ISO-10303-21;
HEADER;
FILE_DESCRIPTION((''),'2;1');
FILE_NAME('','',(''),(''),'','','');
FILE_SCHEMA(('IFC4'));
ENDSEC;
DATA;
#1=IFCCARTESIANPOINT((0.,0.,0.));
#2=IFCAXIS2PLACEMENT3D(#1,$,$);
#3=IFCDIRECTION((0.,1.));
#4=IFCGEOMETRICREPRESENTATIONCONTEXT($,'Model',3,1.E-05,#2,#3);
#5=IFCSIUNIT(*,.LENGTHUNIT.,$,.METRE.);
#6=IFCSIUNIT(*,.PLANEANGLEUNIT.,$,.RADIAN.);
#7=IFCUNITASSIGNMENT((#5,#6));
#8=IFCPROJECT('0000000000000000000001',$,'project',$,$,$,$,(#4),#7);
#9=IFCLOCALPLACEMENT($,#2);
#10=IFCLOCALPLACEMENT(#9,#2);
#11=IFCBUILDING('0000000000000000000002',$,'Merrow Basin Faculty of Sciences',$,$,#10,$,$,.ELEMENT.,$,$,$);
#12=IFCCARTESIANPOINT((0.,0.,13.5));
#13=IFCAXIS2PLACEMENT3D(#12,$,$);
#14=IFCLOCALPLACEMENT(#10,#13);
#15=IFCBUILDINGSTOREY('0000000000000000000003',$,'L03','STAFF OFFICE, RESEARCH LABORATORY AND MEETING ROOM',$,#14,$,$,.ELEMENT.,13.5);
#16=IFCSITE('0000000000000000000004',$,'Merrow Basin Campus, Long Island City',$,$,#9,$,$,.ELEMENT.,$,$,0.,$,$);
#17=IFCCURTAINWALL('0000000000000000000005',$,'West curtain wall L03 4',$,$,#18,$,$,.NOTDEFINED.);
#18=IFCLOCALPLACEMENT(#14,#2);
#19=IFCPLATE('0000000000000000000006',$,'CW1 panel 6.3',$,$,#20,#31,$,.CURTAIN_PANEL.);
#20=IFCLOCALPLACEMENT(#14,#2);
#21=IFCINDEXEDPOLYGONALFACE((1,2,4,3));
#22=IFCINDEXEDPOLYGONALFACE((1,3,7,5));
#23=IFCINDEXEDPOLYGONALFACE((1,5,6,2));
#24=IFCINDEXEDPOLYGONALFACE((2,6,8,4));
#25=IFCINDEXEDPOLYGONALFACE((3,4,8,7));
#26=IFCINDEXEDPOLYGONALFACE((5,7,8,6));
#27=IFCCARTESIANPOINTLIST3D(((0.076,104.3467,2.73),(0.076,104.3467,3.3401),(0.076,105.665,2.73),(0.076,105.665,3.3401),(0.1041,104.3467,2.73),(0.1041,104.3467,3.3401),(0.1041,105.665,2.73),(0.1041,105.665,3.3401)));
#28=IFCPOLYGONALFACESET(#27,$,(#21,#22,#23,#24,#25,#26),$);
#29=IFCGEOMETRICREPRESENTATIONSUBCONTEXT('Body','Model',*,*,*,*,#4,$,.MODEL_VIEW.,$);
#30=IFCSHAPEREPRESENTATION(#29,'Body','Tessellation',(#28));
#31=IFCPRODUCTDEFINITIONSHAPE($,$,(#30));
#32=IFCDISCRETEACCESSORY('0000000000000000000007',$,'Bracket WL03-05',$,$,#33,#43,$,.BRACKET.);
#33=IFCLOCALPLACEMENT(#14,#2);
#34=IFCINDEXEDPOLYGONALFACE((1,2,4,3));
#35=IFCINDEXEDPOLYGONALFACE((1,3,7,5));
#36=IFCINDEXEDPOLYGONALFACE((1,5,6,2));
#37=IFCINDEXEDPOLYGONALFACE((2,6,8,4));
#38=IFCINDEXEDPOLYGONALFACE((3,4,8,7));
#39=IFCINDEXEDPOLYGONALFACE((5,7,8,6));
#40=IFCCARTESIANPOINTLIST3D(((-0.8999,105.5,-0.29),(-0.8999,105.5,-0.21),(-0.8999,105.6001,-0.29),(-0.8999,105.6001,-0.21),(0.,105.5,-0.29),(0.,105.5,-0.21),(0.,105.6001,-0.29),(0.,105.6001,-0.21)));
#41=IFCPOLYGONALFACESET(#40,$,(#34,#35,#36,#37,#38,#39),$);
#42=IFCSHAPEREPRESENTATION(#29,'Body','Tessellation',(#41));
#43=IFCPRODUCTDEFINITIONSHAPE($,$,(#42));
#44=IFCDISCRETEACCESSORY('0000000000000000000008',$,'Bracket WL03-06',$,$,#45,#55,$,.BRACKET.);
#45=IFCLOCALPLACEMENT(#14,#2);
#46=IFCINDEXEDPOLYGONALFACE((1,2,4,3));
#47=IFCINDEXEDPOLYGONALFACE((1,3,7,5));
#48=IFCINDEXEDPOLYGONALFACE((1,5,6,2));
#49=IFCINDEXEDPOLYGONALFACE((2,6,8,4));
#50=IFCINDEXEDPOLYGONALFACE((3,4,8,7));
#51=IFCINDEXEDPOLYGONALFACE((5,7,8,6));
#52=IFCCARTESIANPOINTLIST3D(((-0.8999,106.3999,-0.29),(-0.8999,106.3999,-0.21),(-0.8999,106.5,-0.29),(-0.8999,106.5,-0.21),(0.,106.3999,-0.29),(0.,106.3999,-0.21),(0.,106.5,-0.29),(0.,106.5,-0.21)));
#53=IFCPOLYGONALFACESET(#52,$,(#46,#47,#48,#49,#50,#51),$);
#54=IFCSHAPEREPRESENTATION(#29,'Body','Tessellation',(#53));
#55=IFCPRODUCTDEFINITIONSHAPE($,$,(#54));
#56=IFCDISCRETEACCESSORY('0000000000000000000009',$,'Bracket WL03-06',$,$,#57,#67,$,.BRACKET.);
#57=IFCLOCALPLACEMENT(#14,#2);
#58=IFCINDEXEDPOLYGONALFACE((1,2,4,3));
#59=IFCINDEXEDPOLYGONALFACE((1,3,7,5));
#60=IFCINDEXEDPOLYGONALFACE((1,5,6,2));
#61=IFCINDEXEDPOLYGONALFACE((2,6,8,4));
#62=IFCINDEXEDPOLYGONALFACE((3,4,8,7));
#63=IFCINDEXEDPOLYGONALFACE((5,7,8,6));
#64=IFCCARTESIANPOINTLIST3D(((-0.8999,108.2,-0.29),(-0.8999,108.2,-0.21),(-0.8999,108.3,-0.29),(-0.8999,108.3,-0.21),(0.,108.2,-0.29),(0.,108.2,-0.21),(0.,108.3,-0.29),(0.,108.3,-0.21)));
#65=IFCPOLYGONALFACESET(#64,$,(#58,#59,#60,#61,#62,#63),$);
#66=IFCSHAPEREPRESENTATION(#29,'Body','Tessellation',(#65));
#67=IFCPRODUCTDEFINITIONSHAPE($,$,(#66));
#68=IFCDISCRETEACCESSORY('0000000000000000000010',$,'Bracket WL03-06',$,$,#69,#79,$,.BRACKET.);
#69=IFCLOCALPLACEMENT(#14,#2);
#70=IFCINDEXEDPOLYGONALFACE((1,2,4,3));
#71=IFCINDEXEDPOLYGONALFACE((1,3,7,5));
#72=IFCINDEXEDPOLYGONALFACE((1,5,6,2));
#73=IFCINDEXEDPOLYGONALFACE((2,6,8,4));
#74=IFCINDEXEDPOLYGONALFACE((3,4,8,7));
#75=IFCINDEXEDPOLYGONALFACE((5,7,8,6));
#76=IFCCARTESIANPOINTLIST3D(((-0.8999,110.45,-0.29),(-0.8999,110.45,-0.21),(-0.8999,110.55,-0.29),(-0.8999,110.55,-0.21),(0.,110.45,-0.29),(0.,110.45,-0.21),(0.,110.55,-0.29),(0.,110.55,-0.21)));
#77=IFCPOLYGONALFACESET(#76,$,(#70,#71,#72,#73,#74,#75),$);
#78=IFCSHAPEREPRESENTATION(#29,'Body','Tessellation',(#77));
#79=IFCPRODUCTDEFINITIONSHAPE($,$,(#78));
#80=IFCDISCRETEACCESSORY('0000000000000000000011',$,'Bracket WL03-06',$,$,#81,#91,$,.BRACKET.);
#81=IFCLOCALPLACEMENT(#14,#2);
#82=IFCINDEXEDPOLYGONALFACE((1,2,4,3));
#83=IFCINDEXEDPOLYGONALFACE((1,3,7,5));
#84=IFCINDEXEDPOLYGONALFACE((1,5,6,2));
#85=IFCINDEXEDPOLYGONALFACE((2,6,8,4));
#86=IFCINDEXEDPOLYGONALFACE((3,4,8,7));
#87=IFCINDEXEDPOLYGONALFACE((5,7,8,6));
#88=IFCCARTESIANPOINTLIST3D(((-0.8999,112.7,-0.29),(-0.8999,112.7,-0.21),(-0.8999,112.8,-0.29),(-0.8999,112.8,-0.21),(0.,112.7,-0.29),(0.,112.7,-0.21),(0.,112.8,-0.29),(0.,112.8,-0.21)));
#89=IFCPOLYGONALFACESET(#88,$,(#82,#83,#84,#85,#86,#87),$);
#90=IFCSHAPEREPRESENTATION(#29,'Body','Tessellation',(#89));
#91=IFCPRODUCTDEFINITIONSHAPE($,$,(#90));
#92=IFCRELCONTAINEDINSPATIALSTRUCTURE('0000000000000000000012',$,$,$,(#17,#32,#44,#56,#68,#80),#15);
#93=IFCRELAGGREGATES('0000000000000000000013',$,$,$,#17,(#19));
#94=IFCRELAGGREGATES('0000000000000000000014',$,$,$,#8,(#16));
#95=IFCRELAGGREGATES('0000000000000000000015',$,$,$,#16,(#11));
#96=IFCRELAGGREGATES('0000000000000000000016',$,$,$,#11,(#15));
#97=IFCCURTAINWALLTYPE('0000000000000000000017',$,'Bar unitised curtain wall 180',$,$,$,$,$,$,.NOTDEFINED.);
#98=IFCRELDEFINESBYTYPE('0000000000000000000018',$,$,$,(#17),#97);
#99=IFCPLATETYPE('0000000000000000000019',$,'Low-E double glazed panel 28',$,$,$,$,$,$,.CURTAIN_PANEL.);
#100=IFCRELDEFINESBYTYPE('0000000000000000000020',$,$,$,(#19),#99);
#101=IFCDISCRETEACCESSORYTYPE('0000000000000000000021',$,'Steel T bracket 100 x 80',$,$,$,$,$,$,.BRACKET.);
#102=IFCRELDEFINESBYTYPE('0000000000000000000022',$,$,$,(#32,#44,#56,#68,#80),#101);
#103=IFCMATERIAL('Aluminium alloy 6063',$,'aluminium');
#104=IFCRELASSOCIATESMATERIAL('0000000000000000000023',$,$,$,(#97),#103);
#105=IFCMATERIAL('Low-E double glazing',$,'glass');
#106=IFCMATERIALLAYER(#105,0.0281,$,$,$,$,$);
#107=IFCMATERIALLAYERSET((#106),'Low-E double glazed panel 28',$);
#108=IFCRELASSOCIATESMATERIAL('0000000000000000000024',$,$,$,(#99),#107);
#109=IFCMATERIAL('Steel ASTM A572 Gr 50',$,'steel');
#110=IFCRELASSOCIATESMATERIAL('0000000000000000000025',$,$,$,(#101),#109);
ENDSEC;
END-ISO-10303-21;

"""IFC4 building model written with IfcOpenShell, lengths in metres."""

from ifc_helpers import new_model, si_unit, direction, frame, origin, origin_2d, place, context, subcontext, project, spatial, polyline, rectangle, outline, extrude, source, transform, mapped, material, layer, layer_set, type_object, element, aggregate, save


model = new_model("IFC4")

# Units and contexts
model_context = context("Model", 3, precision=1e-05, world=origin(), true_north=direction((0.0, 1.0)))
body_context = subcontext(model_context, "Body", "Model", "MODEL_VIEW")
ifc_project = project(units=[si_unit("LENGTHUNIT", "METRE"), si_unit("PLANEANGLEUNIT", "RADIAN")], contexts=[model_context])

# Site, building, storey
site_placement = place(None, origin())
site = spatial("IfcSite", under=ifc_project, at=site_placement, Name="Merrow Basin Campus, Long Island City", CompositionType="ELEMENT", RefElevation=0.0)
building_placement = place(site_placement, origin())
building = spatial("IfcBuilding", under=site, at=building_placement, Name="Merrow Basin Faculty of Sciences", CompositionType="ELEMENT")
storey_placement = place(building_placement, frame((0.0, 0.0, 13.5)))
storey = spatial("IfcBuildingStorey", under=building, at=storey_placement, Name="L03", Description="STAFF OFFICE, RESEARCH LABORATORY AND MEETING ROOM", CompositionType="ELEMENT", Elevation=13.5)

# Curtain wall
ifc_material_1 = material(Name="Aluminium alloy 6063", Category="aluminium")
curtain_wall_type = type_object("IfcCurtainWallType", Name="Bar unitised curtain wall 180", PredefinedType="NOTDEFINED", material=ifc_material_1)
curtain_wall_1_placement = place(storey_placement, origin())
curtain_wall_1 = element("IfcCurtainWall", 1, at=curtain_wall_1_placement, inside=storey, type_object=curtain_wall_type, Name="West curtain wall L03 4", PredefinedType="NOTDEFINED")

# Plate
ifc_material_2 = material(Name="Low-E double glazing", Category="glass")
ifc_layer_1 = layer(ifc_material_2, 0.0281)
ifc_layer_set_1 = layer_set([ifc_layer_1], Name="Low-E double glazed panel 28")
plate_type_1 = type_object("IfcPlateType", Name="Low-E double glazed panel 28", PredefinedType="CURTAIN_PANEL", material=ifc_layer_set_1)
plate_1_placement = place(storey_placement, frame((0.0901, 105.0059, 2.73), z_axis=(0.0, 0.0, 1.0), x_axis=(0.0, 1.0, 0.0)))
plate_1 = element("IfcPlate", 2, at=plate_1_placement, type_object=plate_type_1, Name="CW1 panel 6.3", PredefinedType="CURTAIN_PANEL", context=body_context, shape_type="SweptSolid", body=[
    extrude(rectangle(XDim=1.3184, YDim=0.0281, at=origin_2d()), origin(), (0.0, 0.0, 1.0), 0.6101),
])
aggregate(curtain_wall_1, [plate_1])

# Discrete accessories
ifc_material_3 = material(Name="Steel ASTM A572 Gr 50", Category="steel")
discrete_accessory_type = type_object("IfcDiscreteAccessoryType", Name="Steel T bracket 100 x 80", PredefinedType="BRACKET", material=ifc_material_3)
shared_shape_1 = source(origin(), body_context, "Body", "SweptSolid", [
    extrude(outline(polyline([(0.0, 0.0), (0.1001, 0.0), (0.1001, 0.0801), (0.0, 0.0801), (0.0, 0.0)])), origin(), (0.0, 0.0, 1.0), 0.8999),
])
for number, where, z_axis, x_axis, name in (
    (3, (-0.8999, 105.5, -0.29), (1.0, 0.0, 0.0), (0.0, 1.0, 0.0), "Bracket WL03-05"),
    (4, (-0.8999, 106.3999, -0.29), (1.0, 0.0, 0.0), (0.0, 1.0, 0.0), "Bracket WL03-06"),
    (5, (-0.8999, 108.2, -0.29), (1.0, 0.0, 0.0), (0.0, 1.0, 0.0), "Bracket WL03-06"),
    (6, (-0.8999, 110.45, -0.29), (1.0, 0.0, 0.0), (0.0, 1.0, 0.0), "Bracket WL03-06"),
    (7, (-0.8999, 112.7, -0.29), (1.0, 0.0, 0.0), (0.0, 1.0, 0.0), "Bracket WL03-06"),
):
    element("IfcDiscreteAccessory", number, at=place(storey_placement, frame(where, z_axis=z_axis, x_axis=x_axis)), inside=storey, type_object=discrete_accessory_type, Name=name, PredefinedType="BRACKET", context=body_context, shape_type="MappedRepresentation", body=[
        mapped(shared_shape_1, transform((0.0, 0.0, 0.0), scale=1.0)),
    ])

save(model, "model.ifc")
